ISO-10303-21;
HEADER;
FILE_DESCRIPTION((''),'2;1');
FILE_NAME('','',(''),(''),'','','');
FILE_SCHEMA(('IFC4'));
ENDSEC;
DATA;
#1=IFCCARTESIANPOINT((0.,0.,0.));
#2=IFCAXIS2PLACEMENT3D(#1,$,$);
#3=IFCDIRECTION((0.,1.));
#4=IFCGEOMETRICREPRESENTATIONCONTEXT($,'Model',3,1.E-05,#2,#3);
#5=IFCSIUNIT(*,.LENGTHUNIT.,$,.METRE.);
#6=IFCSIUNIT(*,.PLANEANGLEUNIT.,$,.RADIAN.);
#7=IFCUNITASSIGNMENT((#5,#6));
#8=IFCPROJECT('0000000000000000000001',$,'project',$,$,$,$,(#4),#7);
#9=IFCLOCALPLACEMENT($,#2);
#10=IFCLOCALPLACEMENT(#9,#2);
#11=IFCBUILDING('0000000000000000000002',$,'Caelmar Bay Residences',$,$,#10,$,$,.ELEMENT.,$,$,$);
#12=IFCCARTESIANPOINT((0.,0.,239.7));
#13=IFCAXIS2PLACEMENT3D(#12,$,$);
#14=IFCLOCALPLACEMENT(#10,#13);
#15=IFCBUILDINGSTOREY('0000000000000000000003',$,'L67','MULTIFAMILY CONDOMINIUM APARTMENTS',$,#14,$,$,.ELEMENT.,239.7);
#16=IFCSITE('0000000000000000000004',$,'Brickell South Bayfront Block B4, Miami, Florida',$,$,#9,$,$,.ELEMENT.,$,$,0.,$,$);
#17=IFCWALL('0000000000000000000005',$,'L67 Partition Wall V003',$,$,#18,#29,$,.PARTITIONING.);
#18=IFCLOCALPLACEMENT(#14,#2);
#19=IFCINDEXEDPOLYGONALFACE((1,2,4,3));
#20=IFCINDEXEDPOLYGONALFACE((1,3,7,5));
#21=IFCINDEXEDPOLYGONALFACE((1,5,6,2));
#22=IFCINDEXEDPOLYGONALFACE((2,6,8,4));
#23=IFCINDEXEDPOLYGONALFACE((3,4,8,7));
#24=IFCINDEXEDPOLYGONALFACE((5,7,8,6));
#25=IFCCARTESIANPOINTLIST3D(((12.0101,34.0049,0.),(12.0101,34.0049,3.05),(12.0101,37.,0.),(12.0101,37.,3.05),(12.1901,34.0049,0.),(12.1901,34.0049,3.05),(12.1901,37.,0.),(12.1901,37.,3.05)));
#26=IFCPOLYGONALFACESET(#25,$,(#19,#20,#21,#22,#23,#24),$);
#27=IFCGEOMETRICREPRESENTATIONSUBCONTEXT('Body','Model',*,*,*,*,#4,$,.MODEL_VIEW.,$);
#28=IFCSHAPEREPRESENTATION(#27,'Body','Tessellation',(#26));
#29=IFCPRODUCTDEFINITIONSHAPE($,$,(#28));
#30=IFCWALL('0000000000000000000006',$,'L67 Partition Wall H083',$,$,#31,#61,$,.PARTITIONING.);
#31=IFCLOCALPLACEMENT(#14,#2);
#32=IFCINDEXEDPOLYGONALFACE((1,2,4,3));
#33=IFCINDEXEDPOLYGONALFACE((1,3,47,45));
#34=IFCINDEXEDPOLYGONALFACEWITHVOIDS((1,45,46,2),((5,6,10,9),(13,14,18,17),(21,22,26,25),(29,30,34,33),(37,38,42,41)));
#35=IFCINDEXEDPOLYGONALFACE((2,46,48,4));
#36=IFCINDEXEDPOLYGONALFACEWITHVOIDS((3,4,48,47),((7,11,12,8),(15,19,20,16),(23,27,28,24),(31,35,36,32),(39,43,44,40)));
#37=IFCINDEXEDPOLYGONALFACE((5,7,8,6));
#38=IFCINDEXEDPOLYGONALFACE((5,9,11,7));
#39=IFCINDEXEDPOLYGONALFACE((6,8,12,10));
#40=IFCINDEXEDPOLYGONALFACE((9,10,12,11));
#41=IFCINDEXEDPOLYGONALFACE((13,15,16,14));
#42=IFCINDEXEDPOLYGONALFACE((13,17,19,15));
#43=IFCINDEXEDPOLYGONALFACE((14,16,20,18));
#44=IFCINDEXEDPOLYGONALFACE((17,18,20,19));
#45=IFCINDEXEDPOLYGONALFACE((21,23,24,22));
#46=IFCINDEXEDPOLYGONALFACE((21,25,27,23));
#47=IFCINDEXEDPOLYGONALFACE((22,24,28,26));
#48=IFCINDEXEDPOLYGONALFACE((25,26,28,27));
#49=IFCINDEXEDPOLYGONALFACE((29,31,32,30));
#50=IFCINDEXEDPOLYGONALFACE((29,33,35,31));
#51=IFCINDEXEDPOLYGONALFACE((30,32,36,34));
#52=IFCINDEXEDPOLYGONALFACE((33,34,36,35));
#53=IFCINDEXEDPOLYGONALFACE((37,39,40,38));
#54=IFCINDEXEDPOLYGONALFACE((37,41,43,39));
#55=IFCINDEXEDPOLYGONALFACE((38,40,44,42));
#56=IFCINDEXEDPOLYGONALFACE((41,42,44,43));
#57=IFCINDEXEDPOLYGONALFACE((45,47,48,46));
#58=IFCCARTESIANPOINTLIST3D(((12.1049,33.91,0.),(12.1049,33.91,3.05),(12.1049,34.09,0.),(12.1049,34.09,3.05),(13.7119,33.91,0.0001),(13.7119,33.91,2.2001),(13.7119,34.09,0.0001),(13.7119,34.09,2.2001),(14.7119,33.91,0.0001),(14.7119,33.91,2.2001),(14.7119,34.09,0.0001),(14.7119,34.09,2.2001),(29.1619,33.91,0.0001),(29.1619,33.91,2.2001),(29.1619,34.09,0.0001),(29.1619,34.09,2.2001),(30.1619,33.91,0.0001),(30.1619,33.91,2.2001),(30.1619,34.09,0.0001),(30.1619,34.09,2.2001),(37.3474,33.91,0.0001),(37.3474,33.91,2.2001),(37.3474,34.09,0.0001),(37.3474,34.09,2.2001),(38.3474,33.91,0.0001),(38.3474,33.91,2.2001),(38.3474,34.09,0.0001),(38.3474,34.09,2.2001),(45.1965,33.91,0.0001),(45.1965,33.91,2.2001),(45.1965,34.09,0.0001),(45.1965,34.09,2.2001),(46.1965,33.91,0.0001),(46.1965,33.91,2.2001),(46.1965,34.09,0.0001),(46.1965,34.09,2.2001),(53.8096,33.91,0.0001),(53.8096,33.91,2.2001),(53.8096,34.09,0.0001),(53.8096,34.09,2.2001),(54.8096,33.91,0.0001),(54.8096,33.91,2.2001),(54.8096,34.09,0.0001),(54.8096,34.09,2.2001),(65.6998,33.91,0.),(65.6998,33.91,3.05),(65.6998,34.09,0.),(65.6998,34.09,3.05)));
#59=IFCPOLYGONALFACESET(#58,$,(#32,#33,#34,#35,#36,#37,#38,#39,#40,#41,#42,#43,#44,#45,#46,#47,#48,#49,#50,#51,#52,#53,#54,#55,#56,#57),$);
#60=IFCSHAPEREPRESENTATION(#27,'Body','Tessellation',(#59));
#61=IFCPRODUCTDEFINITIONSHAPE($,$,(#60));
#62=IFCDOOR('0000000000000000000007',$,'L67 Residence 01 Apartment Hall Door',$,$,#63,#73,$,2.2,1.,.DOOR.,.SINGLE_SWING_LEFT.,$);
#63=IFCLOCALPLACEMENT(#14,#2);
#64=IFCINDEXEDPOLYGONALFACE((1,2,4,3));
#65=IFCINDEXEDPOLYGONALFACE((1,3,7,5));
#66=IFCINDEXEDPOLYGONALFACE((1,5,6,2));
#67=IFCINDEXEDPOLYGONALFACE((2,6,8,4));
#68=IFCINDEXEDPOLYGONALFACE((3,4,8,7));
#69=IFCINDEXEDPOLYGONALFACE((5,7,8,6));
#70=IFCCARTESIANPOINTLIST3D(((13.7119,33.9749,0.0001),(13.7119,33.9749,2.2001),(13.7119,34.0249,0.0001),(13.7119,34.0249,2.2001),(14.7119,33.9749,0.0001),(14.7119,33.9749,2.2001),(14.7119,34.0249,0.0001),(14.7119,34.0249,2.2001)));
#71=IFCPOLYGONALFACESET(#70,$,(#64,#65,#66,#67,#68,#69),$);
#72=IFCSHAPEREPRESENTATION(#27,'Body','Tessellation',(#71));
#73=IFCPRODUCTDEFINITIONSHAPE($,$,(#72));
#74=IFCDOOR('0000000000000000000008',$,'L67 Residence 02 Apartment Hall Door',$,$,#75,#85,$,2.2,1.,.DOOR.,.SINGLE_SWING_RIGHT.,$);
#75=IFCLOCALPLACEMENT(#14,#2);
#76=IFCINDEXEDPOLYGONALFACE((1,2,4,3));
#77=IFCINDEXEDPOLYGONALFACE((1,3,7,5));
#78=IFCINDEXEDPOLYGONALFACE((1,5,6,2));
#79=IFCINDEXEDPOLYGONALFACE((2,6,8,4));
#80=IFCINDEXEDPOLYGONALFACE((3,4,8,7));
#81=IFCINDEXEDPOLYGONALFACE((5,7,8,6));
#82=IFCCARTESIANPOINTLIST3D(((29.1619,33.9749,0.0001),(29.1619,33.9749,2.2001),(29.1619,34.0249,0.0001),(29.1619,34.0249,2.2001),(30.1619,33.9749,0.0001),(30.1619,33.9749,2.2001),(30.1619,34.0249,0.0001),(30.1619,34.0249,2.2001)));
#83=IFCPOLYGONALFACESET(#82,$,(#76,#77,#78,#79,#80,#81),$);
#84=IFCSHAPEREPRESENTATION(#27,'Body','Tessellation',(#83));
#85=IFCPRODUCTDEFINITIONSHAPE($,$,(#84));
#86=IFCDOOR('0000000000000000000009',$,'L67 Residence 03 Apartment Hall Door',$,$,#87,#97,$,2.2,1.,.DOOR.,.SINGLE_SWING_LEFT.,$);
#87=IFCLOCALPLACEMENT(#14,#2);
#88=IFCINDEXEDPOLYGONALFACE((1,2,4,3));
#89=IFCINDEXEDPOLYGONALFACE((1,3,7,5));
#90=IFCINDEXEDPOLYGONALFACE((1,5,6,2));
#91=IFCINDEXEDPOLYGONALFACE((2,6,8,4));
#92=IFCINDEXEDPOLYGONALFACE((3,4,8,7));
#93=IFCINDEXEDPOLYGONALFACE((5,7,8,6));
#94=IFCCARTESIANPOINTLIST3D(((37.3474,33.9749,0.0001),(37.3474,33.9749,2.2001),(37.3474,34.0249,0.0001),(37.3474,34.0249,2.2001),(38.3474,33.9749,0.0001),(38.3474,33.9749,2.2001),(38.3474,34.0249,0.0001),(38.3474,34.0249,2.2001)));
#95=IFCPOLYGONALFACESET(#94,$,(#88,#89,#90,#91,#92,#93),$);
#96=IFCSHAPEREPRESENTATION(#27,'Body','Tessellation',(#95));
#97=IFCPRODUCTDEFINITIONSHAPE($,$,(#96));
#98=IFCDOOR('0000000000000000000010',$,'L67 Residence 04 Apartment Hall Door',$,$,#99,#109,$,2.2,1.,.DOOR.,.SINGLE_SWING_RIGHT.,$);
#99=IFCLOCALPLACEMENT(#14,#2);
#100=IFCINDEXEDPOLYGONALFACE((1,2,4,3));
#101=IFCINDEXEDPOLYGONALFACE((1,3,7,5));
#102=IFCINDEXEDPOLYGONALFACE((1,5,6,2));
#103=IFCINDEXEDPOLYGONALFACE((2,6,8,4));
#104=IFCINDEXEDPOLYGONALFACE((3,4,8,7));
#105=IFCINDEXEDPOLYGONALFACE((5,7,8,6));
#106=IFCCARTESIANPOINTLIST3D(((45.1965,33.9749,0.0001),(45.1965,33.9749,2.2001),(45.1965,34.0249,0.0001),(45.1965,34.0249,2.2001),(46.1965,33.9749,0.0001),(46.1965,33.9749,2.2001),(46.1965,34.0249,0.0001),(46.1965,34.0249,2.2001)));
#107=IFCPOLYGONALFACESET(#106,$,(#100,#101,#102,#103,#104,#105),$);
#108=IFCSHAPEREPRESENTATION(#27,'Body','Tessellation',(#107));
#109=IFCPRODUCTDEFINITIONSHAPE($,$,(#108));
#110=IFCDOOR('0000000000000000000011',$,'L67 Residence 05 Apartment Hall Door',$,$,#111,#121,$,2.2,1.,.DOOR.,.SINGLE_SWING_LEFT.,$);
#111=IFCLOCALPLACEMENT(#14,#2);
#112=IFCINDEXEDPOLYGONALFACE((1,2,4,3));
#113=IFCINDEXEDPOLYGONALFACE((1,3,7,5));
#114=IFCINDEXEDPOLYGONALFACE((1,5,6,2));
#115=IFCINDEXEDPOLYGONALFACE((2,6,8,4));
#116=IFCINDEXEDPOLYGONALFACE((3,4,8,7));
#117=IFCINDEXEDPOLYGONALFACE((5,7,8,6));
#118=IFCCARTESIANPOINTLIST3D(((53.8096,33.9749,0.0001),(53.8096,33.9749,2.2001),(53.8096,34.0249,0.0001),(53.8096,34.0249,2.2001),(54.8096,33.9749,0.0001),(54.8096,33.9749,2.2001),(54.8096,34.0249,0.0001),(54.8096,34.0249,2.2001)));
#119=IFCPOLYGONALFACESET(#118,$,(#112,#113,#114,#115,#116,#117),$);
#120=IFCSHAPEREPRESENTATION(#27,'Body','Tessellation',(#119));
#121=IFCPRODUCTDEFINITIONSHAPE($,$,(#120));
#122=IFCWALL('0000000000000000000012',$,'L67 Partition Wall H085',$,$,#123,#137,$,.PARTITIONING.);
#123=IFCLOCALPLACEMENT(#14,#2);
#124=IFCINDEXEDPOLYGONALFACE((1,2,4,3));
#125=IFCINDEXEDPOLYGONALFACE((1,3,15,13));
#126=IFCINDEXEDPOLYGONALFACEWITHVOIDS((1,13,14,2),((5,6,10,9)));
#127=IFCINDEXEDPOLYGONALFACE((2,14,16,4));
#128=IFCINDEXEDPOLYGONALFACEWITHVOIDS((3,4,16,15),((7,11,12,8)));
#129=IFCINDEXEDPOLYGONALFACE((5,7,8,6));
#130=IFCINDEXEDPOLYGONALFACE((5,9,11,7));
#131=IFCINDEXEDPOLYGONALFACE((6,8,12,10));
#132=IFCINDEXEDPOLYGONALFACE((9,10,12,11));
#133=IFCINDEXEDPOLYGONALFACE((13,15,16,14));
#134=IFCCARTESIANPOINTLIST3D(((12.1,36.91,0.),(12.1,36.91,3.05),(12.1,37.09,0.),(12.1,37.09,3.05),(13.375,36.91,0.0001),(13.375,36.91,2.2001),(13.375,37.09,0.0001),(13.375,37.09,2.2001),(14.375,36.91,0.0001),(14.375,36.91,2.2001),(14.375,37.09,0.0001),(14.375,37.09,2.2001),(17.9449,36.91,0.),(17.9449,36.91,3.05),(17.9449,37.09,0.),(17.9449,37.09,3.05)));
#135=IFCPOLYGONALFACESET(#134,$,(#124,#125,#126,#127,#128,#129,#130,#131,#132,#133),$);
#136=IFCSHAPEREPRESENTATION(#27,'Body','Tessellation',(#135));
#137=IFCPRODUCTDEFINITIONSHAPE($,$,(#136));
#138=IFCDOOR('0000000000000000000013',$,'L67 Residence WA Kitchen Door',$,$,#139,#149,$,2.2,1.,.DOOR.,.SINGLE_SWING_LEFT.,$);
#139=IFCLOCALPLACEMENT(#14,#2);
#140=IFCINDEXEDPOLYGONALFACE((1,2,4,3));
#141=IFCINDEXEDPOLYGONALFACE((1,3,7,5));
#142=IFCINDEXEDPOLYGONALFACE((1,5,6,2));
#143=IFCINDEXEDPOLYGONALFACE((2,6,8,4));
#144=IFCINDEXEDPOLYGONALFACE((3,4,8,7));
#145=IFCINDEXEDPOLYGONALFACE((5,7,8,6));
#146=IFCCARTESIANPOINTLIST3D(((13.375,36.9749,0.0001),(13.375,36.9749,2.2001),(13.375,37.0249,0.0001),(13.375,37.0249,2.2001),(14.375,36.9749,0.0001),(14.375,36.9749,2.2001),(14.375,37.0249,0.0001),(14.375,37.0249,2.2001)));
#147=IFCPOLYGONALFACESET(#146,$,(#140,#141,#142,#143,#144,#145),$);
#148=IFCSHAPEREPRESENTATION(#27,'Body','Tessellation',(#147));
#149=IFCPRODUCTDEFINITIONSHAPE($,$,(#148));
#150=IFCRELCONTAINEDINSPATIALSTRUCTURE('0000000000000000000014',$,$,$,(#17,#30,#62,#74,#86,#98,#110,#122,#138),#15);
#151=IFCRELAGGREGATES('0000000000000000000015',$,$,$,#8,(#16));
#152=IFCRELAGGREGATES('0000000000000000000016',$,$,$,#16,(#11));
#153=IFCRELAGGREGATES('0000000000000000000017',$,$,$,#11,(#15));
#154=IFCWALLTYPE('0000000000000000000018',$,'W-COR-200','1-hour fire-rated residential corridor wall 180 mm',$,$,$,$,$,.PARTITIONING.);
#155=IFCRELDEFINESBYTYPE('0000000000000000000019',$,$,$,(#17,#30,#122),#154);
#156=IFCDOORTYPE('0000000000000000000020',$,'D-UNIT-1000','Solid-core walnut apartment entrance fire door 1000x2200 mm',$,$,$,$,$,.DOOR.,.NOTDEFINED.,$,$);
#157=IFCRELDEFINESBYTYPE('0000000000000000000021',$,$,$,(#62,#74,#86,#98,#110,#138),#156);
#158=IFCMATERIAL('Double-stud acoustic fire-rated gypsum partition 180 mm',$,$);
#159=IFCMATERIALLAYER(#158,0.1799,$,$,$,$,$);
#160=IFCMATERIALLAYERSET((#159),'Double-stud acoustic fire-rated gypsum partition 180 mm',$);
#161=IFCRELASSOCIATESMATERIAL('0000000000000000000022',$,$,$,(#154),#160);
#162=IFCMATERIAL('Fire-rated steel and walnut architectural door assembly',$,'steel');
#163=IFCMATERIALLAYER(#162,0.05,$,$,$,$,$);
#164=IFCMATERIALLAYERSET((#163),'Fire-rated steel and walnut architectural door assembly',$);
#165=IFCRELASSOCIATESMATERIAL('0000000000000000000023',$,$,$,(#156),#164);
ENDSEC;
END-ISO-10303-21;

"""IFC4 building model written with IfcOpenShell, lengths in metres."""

from ifc_helpers import new_model, si_unit, direction, frame, frame_2d, origin, place, context, subcontext, project, spatial, rectangle, extrude, material, layer, layer_set, type_object, element, fill, save


model = new_model("IFC4")

# Units and contexts
model_context = context("Model", 3, precision=1e-05, world=origin(), true_north=direction((0.0, 1.0)))
body_context = subcontext(model_context, "Body", "Model", "MODEL_VIEW")
ifc_project = project(units=[si_unit("LENGTHUNIT", "METRE"), si_unit("PLANEANGLEUNIT", "RADIAN")], contexts=[model_context])

# Site, building, storey
site_placement = place(None, origin())
site = spatial("IfcSite", under=ifc_project, at=site_placement, Name="Brickell South Bayfront Block B4, Miami, Florida", CompositionType="ELEMENT", RefElevation=0.0)
building_placement = place(site_placement, origin())
building = spatial("IfcBuilding", under=site, at=building_placement, Name="Caelmar Bay Residences", CompositionType="ELEMENT")
storey_placement = place(building_placement, frame((0.0, 0.0, 239.7)))
storey = spatial("IfcBuildingStorey", under=building, at=storey_placement, Name="L67", Description="MULTIFAMILY CONDOMINIUM APARTMENTS", CompositionType="ELEMENT", Elevation=239.7)

# Shared definitions
ifc_material_1 = material(Name="Fire-rated steel and walnut architectural door assembly", Category="steel")

# Wall
ifc_material_2 = material(Name="Double-stud acoustic fire-rated gypsum partition 180 mm")
ifc_layer_1 = layer(ifc_material_2, 0.1799)
ifc_layer_set_1 = layer_set([ifc_layer_1], Name="Double-stud acoustic fire-rated gypsum partition 180 mm")
wall_type_1 = type_object("IfcWallType", Name="W-COR-200", Description="1-hour fire-rated residential corridor wall 180 mm", PredefinedType="PARTITIONING", material=ifc_layer_set_1)
wall_1_placement = place(storey_placement, frame((12.1001, 34.0049, 0.0), z_axis=(0.0, 0.0, 1.0), x_axis=(0.0, 1.0, 0.0)))
element("IfcWall", 1, at=wall_1_placement, inside=storey, type_object=wall_type_1, Name="L67 Partition Wall V003", PredefinedType="PARTITIONING", context=body_context, shape_type="SweptSolid", body=[
    extrude(rectangle(XDim=2.9951, YDim=0.1799, at=frame_2d((1.4976, 0.0))), origin(), (0.0, 0.0, 1.0), 3.05),
])

# Wall, openings, doors
wall_2_placement = place(storey_placement, frame((12.105, 34.0, 0.0), z_axis=(0.0, 0.0, 1.0), x_axis=(1.0, 0.0, 0.0)))
wall_2 = element("IfcWall", 2, at=wall_2_placement, inside=storey, type_object=wall_type_1, Name="L67 Partition Wall H083", PredefinedType="PARTITIONING", context=body_context, shape_type="SweptSolid", body=[
    extrude(rectangle(XDim=53.595, YDim=0.1799, at=frame_2d((26.7974, 0.0))), origin(), (0.0, 0.0, 1.0), 3.05),
])
opening_1_placement = place(wall_2_placement, frame((1.6069, 0.0, 0.0)))
opening_1 = element("IfcOpeningElement", 3, at=opening_1_placement, cuts=wall_2, PredefinedType="OPENING", context=body_context, shape_type="SweptSolid", body=[
    extrude(rectangle(XDim=1.0, YDim=2.2, at=frame_2d((0.5, 1.1001))), frame((0.0, 0.0999, 0.0), z_axis=(0.0, -1.0, 0.0), x_axis=(1.0, 0.0, 0.0)), (0.0, 0.0, 1.0), 0.2),
])
opening_2_placement = place(wall_2_placement, frame((17.0569, 0.0, 0.0)))
opening_2 = element("IfcOpeningElement", 4, at=opening_2_placement, cuts=wall_2, PredefinedType="OPENING", context=body_context, shape_type="SweptSolid", body=[
    extrude(rectangle(XDim=1.0, YDim=2.2, at=frame_2d((0.5, 1.1001))), frame((0.0, 0.0999, 0.0), z_axis=(0.0, -1.0, 0.0), x_axis=(1.0, 0.0, 0.0)), (0.0, 0.0, 1.0), 0.2),
])
opening_3_placement = place(wall_2_placement, frame((25.2424, 0.0, 0.0)))
opening_3 = element("IfcOpeningElement", 5, at=opening_3_placement, cuts=wall_2, PredefinedType="OPENING", context=body_context, shape_type="SweptSolid", body=[
    extrude(rectangle(XDim=1.0, YDim=2.2, at=frame_2d((0.5, 1.1001))), frame((0.0, 0.0999, 0.0), z_axis=(0.0, -1.0, 0.0), x_axis=(1.0, 0.0, 0.0)), (0.0, 0.0, 1.0), 0.2),
])
opening_4_placement = place(wall_2_placement, frame((33.0916, 0.0, 0.0)))
opening_4 = element("IfcOpeningElement", 6, at=opening_4_placement, cuts=wall_2, PredefinedType="OPENING", context=body_context, shape_type="SweptSolid", body=[
    extrude(rectangle(XDim=1.0, YDim=2.2, at=frame_2d((0.5, 1.1001))), frame((0.0, 0.0999, 0.0), z_axis=(0.0, -1.0, 0.0), x_axis=(1.0, 0.0, 0.0)), (0.0, 0.0, 1.0), 0.2),
])
opening_5_placement = place(wall_2_placement, frame((41.7046, 0.0, 0.0)))
opening_5 = element("IfcOpeningElement", 7, at=opening_5_placement, cuts=wall_2, PredefinedType="OPENING", context=body_context, shape_type="SweptSolid", body=[
    extrude(rectangle(XDim=1.0, YDim=2.2, at=frame_2d((0.5, 1.1001))), frame((0.0, 0.0999, 0.0), z_axis=(0.0, -1.0, 0.0), x_axis=(1.0, 0.0, 0.0)), (0.0, 0.0, 1.0), 0.2),
])
ifc_layer_2 = layer(ifc_material_1, 0.05)
ifc_layer_set_2 = layer_set([ifc_layer_2], Name="Fire-rated steel and walnut architectural door assembly")
door_type_1 = type_object("IfcDoorType", Name="D-UNIT-1000", Description="Solid-core walnut apartment entrance fire door 1000x2200 mm", OperationType="NOTDEFINED", PredefinedType="DOOR", material=ifc_layer_set_2)
door_1_placement = place(opening_1_placement, origin())
door_1 = element("IfcDoor", 8, at=door_1_placement, inside=storey, type_object=door_type_1, Name="L67 Residence 01 Apartment Hall Door", OperationType="SINGLE_SWING_LEFT", OverallHeight=2.2, OverallWidth=1.0, PredefinedType="DOOR", context=body_context, shape_type="SweptSolid", body=[
    extrude(rectangle(XDim=1.0, YDim=2.2, at=frame_2d((0.5, 1.1001))), frame((0.0, 0.0249, 0.0), z_axis=(0.0, -1.0, 0.0), x_axis=(1.0, 0.0, 0.0)), (0.0, 0.0, 1.0), 0.05),
])
fill(opening_1, door_1)
door_2_placement = place(opening_2_placement, origin())
door_2 = element("IfcDoor", 9, at=door_2_placement, inside=storey, type_object=door_type_1, Name="L67 Residence 02 Apartment Hall Door", OperationType="SINGLE_SWING_RIGHT", OverallHeight=2.2, OverallWidth=1.0, PredefinedType="DOOR", context=body_context, shape_type="SweptSolid", body=[
    extrude(rectangle(XDim=1.0, YDim=2.2, at=frame_2d((0.5, 1.1001))), frame((0.0, 0.0249, 0.0), z_axis=(0.0, -1.0, 0.0), x_axis=(1.0, 0.0, 0.0)), (0.0, 0.0, 1.0), 0.05),
])
fill(opening_2, door_2)
door_3_placement = place(opening_3_placement, origin())
door_3 = element("IfcDoor", 10, at=door_3_placement, inside=storey, type_object=door_type_1, Name="L67 Residence 03 Apartment Hall Door", OperationType="SINGLE_SWING_LEFT", OverallHeight=2.2, OverallWidth=1.0, PredefinedType="DOOR", context=body_context, shape_type="SweptSolid", body=[
    extrude(rectangle(XDim=1.0, YDim=2.2, at=frame_2d((0.5, 1.1001))), frame((0.0, 0.0249, 0.0), z_axis=(0.0, -1.0, 0.0), x_axis=(1.0, 0.0, 0.0)), (0.0, 0.0, 1.0), 0.05),
])
fill(opening_3, door_3)
door_4_placement = place(opening_4_placement, origin())
door_4 = element("IfcDoor", 11, at=door_4_placement, inside=storey, type_object=door_type_1, Name="L67 Residence 04 Apartment Hall Door", OperationType="SINGLE_SWING_RIGHT", OverallHeight=2.2, OverallWidth=1.0, PredefinedType="DOOR", context=body_context, shape_type="SweptSolid", body=[
    extrude(rectangle(XDim=1.0, YDim=2.2, at=frame_2d((0.5, 1.1001))), frame((0.0, 0.0249, 0.0), z_axis=(0.0, -1.0, 0.0), x_axis=(1.0, 0.0, 0.0)), (0.0, 0.0, 1.0), 0.05),
])
fill(opening_4, door_4)
door_5_placement = place(opening_5_placement, origin())
door_5 = element("IfcDoor", 12, at=door_5_placement, inside=storey, type_object=door_type_1, Name="L67 Residence 05 Apartment Hall Door", OperationType="SINGLE_SWING_LEFT", OverallHeight=2.2, OverallWidth=1.0, PredefinedType="DOOR", context=body_context, shape_type="SweptSolid", body=[
    extrude(rectangle(XDim=1.0, YDim=2.2, at=frame_2d((0.5, 1.1001))), frame((0.0, 0.0249, 0.0), z_axis=(0.0, -1.0, 0.0), x_axis=(1.0, 0.0, 0.0)), (0.0, 0.0, 1.0), 0.05),
])
fill(opening_5, door_5)

# Wall, opening, door
wall_3_placement = place(storey_placement, frame((12.1001, 37.0, 0.0), z_axis=(0.0, 0.0, 1.0), x_axis=(1.0, 0.0, 0.0)))
wall_3 = element("IfcWall", 13, at=wall_3_placement, inside=storey, type_object=wall_type_1, Name="L67 Partition Wall H085", PredefinedType="PARTITIONING", context=body_context, shape_type="SweptSolid", body=[
    extrude(rectangle(XDim=5.845, YDim=0.1799, at=frame_2d((2.9224, 0.0))), origin(), (0.0, 0.0, 1.0), 3.05),
])
opening_6_placement = place(wall_3_placement, frame((1.2749, 0.0, 0.0)))
opening_6 = element("IfcOpeningElement", 14, at=opening_6_placement, cuts=wall_3, PredefinedType="OPENING", context=body_context, shape_type="SweptSolid", body=[
    extrude(rectangle(XDim=1.0, YDim=2.2, at=frame_2d((0.5, 1.1001))), frame((0.0, 0.0999, 0.0), z_axis=(0.0, -1.0, 0.0), x_axis=(1.0, 0.0, 0.0)), (0.0, 0.0, 1.0), 0.2),
])
door_6_placement = place(opening_6_placement, origin())
door_6 = element("IfcDoor", 15, at=door_6_placement, inside=storey, type_object=door_type_1, Name="L67 Residence WA Kitchen Door", OperationType="SINGLE_SWING_LEFT", OverallHeight=2.2, OverallWidth=1.0, PredefinedType="DOOR", context=body_context, shape_type="SweptSolid", body=[
    extrude(rectangle(XDim=1.0, YDim=2.2, at=frame_2d((0.5, 1.1001))), frame((0.0, 0.0249, 0.0), z_axis=(0.0, -1.0, 0.0), x_axis=(1.0, 0.0, 0.0)), (0.0, 0.0, 1.0), 0.05),
])
fill(opening_6, door_6)

save(model, "model.ifc")
